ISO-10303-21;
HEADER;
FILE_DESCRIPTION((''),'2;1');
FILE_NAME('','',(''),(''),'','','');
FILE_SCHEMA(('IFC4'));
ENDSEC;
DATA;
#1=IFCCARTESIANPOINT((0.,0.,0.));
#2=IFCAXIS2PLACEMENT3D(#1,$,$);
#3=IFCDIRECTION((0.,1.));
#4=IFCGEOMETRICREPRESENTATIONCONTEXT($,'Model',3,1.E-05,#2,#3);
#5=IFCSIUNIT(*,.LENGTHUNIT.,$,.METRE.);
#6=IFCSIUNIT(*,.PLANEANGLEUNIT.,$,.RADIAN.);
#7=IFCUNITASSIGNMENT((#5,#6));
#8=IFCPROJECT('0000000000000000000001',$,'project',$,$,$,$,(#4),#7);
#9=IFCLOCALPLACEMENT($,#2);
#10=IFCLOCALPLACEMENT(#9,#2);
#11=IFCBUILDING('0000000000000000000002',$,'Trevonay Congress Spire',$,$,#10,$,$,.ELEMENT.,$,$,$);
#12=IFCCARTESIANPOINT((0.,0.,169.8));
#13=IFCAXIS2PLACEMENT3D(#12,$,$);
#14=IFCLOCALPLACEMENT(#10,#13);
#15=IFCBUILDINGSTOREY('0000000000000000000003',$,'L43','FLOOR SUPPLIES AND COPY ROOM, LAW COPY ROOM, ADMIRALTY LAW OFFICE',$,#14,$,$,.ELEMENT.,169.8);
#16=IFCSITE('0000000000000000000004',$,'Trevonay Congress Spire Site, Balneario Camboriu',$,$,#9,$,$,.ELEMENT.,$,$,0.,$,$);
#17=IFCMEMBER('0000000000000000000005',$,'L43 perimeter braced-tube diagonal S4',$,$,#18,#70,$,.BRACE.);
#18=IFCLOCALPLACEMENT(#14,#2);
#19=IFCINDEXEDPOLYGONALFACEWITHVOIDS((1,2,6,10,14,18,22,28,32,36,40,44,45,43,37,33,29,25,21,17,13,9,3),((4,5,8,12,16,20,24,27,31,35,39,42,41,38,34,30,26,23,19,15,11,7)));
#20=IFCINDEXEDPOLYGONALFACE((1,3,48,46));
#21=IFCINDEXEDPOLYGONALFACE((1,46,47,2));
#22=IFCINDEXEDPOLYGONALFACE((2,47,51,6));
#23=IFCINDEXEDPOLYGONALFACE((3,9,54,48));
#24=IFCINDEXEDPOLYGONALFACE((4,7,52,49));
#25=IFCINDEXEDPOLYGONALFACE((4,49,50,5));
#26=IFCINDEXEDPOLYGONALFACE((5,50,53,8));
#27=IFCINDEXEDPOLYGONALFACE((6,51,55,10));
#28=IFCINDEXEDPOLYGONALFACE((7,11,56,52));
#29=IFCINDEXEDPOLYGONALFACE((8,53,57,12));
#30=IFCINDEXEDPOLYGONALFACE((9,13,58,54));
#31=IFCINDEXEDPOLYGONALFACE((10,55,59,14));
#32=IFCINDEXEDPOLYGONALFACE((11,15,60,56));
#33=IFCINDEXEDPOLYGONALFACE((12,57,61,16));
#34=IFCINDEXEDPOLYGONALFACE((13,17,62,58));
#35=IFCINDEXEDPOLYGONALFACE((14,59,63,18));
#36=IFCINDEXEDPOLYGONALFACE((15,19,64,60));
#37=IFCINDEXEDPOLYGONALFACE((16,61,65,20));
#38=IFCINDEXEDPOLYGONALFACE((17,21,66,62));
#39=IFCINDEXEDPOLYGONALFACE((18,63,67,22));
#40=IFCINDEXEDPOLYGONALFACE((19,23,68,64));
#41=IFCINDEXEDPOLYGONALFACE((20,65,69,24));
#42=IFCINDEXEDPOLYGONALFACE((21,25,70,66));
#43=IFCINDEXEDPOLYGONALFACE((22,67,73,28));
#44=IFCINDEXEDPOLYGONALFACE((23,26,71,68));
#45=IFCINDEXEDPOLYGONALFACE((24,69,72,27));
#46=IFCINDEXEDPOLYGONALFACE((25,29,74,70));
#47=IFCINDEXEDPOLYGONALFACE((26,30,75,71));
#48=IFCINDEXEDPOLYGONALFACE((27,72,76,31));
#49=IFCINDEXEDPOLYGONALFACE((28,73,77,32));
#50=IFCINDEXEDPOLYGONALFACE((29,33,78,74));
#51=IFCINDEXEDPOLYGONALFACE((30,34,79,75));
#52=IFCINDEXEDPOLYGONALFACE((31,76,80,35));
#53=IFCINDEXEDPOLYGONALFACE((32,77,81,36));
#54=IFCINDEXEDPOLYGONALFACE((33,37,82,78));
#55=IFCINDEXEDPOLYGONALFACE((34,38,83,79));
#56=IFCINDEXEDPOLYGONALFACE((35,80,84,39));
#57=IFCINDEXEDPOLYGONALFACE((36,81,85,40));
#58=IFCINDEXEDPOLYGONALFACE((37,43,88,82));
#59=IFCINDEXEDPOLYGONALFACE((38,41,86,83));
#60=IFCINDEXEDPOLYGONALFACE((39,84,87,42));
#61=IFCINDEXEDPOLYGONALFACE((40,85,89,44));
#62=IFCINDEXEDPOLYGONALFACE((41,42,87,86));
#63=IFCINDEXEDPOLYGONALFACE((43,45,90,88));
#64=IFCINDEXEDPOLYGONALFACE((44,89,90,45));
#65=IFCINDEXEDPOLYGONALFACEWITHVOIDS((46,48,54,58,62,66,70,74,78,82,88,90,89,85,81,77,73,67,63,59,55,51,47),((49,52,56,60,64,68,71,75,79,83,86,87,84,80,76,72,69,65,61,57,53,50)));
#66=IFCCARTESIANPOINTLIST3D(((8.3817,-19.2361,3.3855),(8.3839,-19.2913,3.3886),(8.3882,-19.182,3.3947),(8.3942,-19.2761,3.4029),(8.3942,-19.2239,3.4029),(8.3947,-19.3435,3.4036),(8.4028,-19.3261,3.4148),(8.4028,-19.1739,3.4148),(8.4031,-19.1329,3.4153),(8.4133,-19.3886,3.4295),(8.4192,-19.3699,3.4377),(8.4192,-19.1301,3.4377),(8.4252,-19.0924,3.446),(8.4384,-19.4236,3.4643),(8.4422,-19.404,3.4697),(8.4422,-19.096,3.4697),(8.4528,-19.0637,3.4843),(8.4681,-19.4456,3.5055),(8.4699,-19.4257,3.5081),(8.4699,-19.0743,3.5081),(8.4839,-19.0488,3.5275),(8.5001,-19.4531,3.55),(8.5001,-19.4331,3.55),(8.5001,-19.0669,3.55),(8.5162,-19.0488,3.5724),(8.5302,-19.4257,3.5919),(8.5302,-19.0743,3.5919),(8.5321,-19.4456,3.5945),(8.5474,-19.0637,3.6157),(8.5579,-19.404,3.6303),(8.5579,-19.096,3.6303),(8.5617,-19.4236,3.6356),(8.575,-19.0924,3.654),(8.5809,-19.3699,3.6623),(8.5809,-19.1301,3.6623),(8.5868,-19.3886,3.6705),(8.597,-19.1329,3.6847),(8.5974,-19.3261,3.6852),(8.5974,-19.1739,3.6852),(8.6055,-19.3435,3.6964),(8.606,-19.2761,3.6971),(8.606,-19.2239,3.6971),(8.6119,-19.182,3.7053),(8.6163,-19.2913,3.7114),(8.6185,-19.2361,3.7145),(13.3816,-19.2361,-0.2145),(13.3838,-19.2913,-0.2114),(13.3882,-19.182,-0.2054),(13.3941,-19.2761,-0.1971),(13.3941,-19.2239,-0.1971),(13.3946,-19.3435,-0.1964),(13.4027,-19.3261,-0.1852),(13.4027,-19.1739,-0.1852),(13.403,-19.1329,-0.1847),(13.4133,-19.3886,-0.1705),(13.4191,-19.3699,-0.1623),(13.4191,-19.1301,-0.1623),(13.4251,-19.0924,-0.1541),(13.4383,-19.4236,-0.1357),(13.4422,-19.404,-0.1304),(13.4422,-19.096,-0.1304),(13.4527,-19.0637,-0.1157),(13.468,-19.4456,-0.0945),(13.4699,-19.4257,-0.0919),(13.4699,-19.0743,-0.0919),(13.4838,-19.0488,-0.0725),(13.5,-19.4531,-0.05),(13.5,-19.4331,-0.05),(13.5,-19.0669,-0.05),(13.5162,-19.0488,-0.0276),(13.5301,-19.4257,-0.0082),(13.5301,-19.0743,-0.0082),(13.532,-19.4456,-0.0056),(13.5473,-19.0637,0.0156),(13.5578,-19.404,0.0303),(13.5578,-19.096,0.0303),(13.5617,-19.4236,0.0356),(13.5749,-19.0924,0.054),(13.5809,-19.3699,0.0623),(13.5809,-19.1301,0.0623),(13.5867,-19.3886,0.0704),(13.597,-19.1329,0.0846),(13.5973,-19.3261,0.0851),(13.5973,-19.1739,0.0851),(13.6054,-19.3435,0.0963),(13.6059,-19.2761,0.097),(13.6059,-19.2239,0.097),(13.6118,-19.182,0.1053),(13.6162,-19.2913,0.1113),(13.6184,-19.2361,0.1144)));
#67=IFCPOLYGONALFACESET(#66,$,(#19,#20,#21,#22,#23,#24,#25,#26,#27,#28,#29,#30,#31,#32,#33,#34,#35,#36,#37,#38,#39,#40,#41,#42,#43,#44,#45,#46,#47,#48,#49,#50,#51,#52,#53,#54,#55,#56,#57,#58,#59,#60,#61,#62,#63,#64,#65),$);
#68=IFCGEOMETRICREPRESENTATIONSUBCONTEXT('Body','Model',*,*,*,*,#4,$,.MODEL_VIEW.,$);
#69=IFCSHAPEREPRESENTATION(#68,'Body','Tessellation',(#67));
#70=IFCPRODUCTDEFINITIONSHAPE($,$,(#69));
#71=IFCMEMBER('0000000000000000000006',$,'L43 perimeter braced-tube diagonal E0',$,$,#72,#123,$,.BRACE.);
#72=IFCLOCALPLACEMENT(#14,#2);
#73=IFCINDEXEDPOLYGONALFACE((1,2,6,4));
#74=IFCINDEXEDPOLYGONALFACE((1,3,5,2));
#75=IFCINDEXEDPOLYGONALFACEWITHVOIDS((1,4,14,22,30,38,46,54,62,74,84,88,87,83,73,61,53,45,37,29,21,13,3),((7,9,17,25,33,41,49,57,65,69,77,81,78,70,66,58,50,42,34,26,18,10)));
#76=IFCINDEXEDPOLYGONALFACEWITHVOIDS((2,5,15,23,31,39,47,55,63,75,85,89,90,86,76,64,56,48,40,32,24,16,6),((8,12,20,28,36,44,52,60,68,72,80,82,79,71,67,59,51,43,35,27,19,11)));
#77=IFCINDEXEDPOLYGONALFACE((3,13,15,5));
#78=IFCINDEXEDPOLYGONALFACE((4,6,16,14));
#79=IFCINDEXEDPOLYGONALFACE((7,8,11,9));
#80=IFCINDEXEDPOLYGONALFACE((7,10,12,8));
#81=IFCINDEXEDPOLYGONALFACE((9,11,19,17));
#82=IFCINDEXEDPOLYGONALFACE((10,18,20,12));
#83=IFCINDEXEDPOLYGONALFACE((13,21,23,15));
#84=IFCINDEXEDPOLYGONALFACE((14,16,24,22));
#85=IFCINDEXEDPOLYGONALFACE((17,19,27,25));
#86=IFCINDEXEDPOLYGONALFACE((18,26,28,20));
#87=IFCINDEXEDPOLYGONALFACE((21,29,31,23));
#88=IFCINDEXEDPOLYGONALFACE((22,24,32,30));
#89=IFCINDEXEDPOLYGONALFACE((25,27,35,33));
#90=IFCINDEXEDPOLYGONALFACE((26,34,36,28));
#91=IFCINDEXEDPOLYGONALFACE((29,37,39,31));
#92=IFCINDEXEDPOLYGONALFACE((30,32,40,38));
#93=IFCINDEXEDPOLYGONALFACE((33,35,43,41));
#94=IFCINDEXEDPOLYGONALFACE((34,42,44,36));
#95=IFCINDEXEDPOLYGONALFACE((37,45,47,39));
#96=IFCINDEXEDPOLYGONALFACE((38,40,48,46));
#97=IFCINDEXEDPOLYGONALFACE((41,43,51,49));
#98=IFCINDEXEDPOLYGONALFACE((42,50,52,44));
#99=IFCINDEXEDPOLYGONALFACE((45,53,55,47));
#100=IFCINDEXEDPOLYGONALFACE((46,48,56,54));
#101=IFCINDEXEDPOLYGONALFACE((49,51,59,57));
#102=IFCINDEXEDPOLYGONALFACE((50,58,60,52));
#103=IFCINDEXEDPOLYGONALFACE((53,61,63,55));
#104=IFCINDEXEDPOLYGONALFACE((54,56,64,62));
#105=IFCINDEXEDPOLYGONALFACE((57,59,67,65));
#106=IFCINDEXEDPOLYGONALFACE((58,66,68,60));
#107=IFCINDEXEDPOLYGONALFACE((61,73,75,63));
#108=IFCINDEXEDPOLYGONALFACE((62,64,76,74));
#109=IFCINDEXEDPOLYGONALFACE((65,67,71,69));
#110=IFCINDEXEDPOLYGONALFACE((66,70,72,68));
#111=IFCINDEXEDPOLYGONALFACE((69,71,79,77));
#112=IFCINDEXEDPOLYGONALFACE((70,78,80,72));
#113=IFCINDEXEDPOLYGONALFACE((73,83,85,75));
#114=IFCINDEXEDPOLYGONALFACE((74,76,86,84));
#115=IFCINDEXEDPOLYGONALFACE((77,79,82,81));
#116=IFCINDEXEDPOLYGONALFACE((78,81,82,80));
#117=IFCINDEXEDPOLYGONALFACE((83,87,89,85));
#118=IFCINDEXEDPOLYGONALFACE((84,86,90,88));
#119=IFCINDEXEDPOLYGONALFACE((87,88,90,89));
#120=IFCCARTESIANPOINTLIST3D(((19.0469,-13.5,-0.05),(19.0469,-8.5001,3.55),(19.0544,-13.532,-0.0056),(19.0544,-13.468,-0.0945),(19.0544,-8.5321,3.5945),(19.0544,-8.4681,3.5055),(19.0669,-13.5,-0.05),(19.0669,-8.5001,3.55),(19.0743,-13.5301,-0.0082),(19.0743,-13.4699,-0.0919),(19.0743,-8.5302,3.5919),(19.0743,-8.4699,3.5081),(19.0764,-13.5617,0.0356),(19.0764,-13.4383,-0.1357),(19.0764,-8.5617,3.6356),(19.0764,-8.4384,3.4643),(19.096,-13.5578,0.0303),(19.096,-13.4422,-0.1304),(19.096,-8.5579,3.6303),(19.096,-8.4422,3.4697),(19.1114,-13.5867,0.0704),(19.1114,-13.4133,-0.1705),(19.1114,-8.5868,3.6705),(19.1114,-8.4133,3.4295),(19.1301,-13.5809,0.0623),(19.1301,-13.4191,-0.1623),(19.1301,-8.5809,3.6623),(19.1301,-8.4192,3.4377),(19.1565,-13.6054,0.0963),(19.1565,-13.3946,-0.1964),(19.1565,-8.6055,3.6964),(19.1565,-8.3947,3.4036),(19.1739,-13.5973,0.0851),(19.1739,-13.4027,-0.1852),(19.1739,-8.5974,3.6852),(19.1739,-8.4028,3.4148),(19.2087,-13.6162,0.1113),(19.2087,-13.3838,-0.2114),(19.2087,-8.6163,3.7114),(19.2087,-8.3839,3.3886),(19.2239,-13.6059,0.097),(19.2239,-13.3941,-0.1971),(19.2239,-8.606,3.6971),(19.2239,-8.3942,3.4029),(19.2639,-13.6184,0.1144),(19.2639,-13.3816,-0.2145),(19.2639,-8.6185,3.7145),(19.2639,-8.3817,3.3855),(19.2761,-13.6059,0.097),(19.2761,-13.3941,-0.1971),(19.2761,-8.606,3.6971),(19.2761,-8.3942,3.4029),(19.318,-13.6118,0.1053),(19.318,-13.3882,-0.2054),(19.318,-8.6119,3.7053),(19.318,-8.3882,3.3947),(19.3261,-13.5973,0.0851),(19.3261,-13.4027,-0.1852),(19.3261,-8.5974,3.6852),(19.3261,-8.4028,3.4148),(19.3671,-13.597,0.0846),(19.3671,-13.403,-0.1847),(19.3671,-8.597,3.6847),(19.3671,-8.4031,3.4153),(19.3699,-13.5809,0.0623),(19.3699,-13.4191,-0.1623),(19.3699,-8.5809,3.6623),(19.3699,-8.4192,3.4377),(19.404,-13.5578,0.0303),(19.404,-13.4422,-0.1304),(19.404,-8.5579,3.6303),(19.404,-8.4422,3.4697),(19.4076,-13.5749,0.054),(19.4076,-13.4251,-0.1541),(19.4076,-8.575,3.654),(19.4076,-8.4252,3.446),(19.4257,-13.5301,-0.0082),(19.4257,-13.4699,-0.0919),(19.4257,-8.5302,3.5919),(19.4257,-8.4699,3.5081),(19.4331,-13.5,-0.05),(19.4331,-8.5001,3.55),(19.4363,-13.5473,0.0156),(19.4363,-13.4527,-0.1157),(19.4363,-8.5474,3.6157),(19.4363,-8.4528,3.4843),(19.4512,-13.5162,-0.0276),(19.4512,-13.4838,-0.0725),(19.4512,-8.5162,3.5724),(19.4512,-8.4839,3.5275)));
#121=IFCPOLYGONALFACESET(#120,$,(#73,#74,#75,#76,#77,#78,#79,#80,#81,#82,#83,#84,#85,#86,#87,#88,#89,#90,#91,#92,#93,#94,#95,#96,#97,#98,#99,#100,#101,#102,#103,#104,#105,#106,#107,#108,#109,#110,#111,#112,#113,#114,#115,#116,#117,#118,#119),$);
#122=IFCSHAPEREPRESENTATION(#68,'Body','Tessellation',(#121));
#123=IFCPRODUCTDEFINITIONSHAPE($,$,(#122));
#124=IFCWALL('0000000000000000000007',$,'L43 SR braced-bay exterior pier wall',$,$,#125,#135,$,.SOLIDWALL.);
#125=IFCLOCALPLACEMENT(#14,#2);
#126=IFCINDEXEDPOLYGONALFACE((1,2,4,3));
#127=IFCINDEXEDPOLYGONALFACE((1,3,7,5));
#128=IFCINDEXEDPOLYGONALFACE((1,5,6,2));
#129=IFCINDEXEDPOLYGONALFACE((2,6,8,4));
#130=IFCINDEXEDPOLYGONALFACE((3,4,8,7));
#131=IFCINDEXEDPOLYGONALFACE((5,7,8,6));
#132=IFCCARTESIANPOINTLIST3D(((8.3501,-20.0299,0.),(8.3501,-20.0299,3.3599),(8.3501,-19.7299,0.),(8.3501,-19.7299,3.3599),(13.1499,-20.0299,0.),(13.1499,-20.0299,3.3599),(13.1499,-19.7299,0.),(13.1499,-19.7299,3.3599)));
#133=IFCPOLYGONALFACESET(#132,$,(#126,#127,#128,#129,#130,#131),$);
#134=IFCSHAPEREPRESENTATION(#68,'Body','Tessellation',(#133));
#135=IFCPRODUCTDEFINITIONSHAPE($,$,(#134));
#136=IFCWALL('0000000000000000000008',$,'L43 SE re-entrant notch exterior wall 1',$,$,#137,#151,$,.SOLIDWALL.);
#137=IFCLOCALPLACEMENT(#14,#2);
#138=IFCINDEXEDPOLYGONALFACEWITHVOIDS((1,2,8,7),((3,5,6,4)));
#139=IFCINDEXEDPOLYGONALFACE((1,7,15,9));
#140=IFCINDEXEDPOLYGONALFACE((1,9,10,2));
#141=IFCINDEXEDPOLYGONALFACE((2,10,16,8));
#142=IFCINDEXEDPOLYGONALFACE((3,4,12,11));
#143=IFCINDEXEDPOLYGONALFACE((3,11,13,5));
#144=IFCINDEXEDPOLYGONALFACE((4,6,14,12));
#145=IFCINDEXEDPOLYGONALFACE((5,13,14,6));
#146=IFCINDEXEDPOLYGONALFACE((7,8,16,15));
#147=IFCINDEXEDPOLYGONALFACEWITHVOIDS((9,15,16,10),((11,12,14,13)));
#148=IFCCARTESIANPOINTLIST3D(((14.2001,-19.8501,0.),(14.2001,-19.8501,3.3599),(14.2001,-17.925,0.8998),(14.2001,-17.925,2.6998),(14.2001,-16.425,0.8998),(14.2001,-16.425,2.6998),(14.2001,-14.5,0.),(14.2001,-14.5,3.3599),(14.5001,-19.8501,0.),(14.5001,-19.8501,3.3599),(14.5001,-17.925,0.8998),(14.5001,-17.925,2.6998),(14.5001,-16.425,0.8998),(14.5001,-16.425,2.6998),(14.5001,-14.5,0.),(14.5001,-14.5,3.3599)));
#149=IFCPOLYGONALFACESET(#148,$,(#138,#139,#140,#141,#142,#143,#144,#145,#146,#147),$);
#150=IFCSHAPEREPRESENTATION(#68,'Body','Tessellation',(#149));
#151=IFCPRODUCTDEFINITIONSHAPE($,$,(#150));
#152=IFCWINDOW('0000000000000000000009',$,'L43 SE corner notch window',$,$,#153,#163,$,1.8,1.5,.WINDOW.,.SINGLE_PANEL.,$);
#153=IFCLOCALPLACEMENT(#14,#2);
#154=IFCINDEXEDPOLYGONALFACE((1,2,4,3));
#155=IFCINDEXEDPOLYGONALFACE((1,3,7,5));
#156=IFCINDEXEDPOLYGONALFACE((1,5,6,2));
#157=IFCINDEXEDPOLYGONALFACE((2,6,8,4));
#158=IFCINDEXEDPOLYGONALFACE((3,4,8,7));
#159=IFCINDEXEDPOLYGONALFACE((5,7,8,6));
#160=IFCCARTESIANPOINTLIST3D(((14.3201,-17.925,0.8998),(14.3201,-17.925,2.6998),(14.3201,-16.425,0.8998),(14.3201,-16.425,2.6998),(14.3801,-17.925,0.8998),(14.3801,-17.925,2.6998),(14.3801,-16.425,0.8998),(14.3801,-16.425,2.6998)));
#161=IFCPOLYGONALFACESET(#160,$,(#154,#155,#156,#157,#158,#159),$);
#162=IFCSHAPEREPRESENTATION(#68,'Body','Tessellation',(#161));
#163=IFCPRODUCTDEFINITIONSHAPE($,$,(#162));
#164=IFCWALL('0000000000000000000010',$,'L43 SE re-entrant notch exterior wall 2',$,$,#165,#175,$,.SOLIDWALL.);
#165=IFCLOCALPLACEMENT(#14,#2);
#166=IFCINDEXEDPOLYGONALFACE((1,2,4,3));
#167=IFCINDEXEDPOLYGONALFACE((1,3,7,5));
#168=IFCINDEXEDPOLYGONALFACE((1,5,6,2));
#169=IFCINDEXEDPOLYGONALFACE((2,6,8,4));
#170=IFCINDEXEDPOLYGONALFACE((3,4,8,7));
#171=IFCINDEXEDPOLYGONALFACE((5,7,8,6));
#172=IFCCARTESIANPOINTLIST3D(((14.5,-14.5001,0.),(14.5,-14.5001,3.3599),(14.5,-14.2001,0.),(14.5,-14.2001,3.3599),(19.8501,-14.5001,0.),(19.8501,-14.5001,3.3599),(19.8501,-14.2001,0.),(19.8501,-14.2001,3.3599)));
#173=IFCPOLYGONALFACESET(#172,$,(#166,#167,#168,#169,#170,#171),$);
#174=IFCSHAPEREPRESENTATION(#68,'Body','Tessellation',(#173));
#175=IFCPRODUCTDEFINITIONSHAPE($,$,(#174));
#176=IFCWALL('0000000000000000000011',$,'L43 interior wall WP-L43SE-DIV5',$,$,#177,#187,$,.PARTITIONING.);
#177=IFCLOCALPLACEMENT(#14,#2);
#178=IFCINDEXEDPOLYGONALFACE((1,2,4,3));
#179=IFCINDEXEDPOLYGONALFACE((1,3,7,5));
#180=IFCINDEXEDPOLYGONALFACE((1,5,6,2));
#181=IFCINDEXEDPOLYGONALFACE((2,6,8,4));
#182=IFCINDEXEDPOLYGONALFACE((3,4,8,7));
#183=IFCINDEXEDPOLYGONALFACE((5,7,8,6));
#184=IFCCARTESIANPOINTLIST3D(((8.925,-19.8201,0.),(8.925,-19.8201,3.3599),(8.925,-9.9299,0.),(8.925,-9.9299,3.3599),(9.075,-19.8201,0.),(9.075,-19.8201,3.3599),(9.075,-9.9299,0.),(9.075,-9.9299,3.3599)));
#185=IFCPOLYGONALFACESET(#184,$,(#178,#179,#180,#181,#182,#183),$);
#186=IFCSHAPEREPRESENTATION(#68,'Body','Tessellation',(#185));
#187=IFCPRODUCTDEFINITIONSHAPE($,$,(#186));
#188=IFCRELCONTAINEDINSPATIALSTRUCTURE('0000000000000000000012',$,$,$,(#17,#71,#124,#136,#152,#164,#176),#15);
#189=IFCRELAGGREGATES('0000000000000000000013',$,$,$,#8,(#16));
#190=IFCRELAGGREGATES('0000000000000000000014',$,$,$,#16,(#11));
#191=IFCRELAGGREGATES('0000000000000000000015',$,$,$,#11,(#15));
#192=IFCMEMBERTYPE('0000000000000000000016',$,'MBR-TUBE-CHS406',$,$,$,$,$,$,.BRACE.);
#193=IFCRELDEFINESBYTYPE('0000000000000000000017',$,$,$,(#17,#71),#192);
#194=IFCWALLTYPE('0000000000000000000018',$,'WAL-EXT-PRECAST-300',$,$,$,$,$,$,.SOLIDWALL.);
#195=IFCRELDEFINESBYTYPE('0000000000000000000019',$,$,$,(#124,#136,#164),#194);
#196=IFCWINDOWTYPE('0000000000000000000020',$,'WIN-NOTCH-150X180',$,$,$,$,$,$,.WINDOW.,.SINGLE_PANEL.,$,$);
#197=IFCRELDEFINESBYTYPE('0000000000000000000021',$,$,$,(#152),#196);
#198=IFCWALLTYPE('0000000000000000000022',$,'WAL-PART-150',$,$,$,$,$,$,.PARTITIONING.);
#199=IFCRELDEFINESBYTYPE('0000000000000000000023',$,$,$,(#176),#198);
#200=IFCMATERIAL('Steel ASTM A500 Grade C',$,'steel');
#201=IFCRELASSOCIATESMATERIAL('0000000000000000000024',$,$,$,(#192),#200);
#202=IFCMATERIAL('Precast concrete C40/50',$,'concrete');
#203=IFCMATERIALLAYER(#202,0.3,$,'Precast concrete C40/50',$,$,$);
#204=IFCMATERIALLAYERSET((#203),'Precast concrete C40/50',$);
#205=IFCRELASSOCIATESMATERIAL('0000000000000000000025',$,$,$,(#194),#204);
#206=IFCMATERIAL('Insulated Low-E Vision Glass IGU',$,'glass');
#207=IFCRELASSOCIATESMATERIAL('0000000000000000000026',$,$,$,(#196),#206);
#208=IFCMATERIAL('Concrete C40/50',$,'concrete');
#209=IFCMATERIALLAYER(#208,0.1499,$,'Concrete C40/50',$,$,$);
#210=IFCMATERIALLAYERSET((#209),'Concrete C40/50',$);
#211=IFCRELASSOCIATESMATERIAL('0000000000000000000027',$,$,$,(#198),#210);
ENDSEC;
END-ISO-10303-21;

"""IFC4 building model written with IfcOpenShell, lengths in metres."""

from ifc_helpers import new_model, si_unit, direction, frame, frame_2d, origin, origin_2d, place, context, subcontext, project, spatial, rectangle, hollow_circle, extrude, material, layer, layer_set, material_profile, profile_set, type_object, element, fill, save


model = new_model("IFC4")

# Units and contexts
model_context = context("Model", 3, precision=1e-05, world=origin(), true_north=direction((0.0, 1.0)))
body_context = subcontext(model_context, "Body", "Model", "MODEL_VIEW")
ifc_project = project(units=[si_unit("LENGTHUNIT", "METRE"), si_unit("PLANEANGLEUNIT", "RADIAN")], contexts=[model_context])

# Site, building, storey
site_placement = place(None, origin())
site = spatial("IfcSite", under=ifc_project, at=site_placement, Name="Trevonay Congress Spire Site, Balneario Camboriu", CompositionType="ELEMENT", RefElevation=0.0)
building_placement = place(site_placement, origin())
building = spatial("IfcBuilding", under=site, at=building_placement, Name="Trevonay Congress Spire", CompositionType="ELEMENT")
storey_placement = place(building_placement, frame((0.0, 0.0, 169.8)))
storey = spatial("IfcBuildingStorey", under=building, at=storey_placement, Name="L43", Description="FLOOR SUPPLIES AND COPY ROOM, LAW COPY ROOM, ADMIRALTY LAW OFFICE", CompositionType="ELEMENT", Elevation=169.8)

# Members
ifc_material_1 = material(Name="Steel ASTM A500 Grade C", Category="steel")
ifc_material_profile_1 = material_profile(ifc_material_1, hollow_circle(Radius=0.2031, WallThickness=0.02, at=origin_2d()), Name="CHS 406.4x20")
ifc_profile_set_1 = profile_set([ifc_material_profile_1], Name="Steel ASTM A500 Grade C")
member_type_1 = type_object("IfcMemberType", Name="MBR-TUBE-CHS406", PredefinedType="BRACE", material=ifc_profile_set_1)
for number, where, z_axis, x_axis, name in (
    (1, (13.5, -19.25, -0.05), (-0.811527, 0.0, 0.584315), (0.0, -1.0, 0.0), "L43 perimeter braced-tube diagonal S4"),
    (2, (19.25, -13.5, -0.05), (0.0, 0.811527, 0.584315), (-1.0, 0.0, 0.0), "L43 perimeter braced-tube diagonal E0"),
):
    element("IfcMember", number, at=place(storey_placement, frame(where, z_axis=z_axis, x_axis=x_axis)), inside=storey, type_object=member_type_1, Name=name, PredefinedType="BRACE", context=body_context, shape_type="SweptSolid", body=[
        extrude(hollow_circle(Radius=0.2031, WallThickness=0.02, at=origin_2d()), origin(), (0.0, 0.0, 1.0), 6.1611),
    ])

# Wall
ifc_material_2 = material(Name="Precast concrete C40/50", Category="concrete")
ifc_layer_1 = layer(ifc_material_2, 0.3, Name="Precast concrete C40/50")
ifc_layer_set_1 = layer_set([ifc_layer_1], Name="Precast concrete C40/50")
wall_type_1 = type_object("IfcWallType", Name="WAL-EXT-PRECAST-300", PredefinedType="SOLIDWALL", material=ifc_layer_set_1)
wall_1_placement = place(storey_placement, frame((8.3501, -19.8799, 0.0), z_axis=(0.0, 0.0, 1.0), x_axis=(1.0, 0.0, 0.0)))
element("IfcWall", 3, at=wall_1_placement, inside=storey, type_object=wall_type_1, Name="L43 SR braced-bay exterior pier wall", PredefinedType="SOLIDWALL", context=body_context, shape_type="SweptSolid", body=[
    extrude(rectangle(XDim=4.7998, YDim=0.3, at=frame_2d((2.3999, 0.0))), origin(), (0.0, 0.0, 1.0), 3.3599),
])

# Wall, opening, window
wall_2_placement = place(storey_placement, frame((14.3501, -19.8501, 0.0), z_axis=(0.0, 0.0, 1.0), x_axis=(0.0, 1.0, 0.0)))
wall_2 = element("IfcWall", 4, at=wall_2_placement, inside=storey, type_object=wall_type_1, Name="L43 SE re-entrant notch exterior wall 1", PredefinedType="SOLIDWALL", context=body_context, shape_type="SweptSolid", body=[
    extrude(rectangle(XDim=5.3501, YDim=0.3, at=frame_2d((2.675, 0.0))), origin(), (0.0, 0.0, 1.0), 3.3599),
])
opening_placement = place(wall_2_placement, frame((1.925, 0.0, 0.8999)))
opening = element("IfcOpeningElement", 5, at=opening_placement, cuts=wall_2, PredefinedType="OPENING", context=body_context, shape_type="SweptSolid", body=[
    extrude(rectangle(XDim=1.5, YDim=1.8, at=frame_2d((0.75, 0.8999))), frame((0.0, 0.1602, 0.0), z_axis=(0.0, -1.0, 0.0), x_axis=(1.0, 0.0, 0.0)), (0.0, 0.0, 1.0), 0.3201),
])
ifc_material_3 = material(Name="Insulated Low-E Vision Glass IGU", Category="glass")
window_type = type_object("IfcWindowType", Name="WIN-NOTCH-150X180", PartitioningType="SINGLE_PANEL", PredefinedType="WINDOW", material=ifc_material_3)
window_placement = place(opening_placement, origin())
window = element("IfcWindow", 6, at=window_placement, inside=storey, type_object=window_type, Name="L43 SE corner notch window", OverallHeight=1.8, OverallWidth=1.5, PartitioningType="SINGLE_PANEL", PredefinedType="WINDOW", context=body_context, shape_type="SweptSolid", body=[
    extrude(rectangle(XDim=1.5, YDim=1.8, at=frame_2d((0.75, 0.8999))), frame((0.0, 0.03, 0.0), z_axis=(0.0, -1.0, 0.0), x_axis=(1.0, 0.0, 0.0)), (0.0, 0.0, 1.0), 0.0601),
])
fill(opening, window)

# Walls
wall_3_placement = place(storey_placement, frame((19.8501, -14.3501, 0.0), z_axis=(0.0, 0.0, 1.0), x_axis=(-1.0, 0.0, 0.0)))
element("IfcWall", 7, at=wall_3_placement, inside=storey, type_object=wall_type_1, Name="L43 SE re-entrant notch exterior wall 2", PredefinedType="SOLIDWALL", context=body_context, shape_type="SweptSolid", body=[
    extrude(rectangle(XDim=5.3501, YDim=0.3, at=frame_2d((2.675, 0.0))), origin(), (0.0, 0.0, 1.0), 3.3599),
])
ifc_material_4 = material(Name="Concrete C40/50", Category="concrete")
ifc_layer_2 = layer(ifc_material_4, 0.1499, Name="Concrete C40/50")
ifc_layer_set_2 = layer_set([ifc_layer_2], Name="Concrete C40/50")
wall_type_2 = type_object("IfcWallType", Name="WAL-PART-150", PredefinedType="PARTITIONING", material=ifc_layer_set_2)
for number, where, z_axis, x_axis, name in (
    (8, (9.0, -19.8201, 0.0), (0.0, 0.0, 1.0), (0.0, 1.0, 0.0), "L43 interior wall WP-L43SE-DIV5"),
):
    element("IfcWall", number, at=place(storey_placement, frame(where, z_axis=z_axis, x_axis=x_axis)), inside=storey, type_object=wall_type_2, Name=name, PredefinedType="PARTITIONING", context=body_context, shape_type="SweptSolid", body=[
        extrude(rectangle(XDim=9.8901, YDim=0.1499, at=frame_2d((4.9451, 0.0))), origin(), (0.0, 0.0, 1.0), 3.3599),
    ])

save(model, "model.ifc")
